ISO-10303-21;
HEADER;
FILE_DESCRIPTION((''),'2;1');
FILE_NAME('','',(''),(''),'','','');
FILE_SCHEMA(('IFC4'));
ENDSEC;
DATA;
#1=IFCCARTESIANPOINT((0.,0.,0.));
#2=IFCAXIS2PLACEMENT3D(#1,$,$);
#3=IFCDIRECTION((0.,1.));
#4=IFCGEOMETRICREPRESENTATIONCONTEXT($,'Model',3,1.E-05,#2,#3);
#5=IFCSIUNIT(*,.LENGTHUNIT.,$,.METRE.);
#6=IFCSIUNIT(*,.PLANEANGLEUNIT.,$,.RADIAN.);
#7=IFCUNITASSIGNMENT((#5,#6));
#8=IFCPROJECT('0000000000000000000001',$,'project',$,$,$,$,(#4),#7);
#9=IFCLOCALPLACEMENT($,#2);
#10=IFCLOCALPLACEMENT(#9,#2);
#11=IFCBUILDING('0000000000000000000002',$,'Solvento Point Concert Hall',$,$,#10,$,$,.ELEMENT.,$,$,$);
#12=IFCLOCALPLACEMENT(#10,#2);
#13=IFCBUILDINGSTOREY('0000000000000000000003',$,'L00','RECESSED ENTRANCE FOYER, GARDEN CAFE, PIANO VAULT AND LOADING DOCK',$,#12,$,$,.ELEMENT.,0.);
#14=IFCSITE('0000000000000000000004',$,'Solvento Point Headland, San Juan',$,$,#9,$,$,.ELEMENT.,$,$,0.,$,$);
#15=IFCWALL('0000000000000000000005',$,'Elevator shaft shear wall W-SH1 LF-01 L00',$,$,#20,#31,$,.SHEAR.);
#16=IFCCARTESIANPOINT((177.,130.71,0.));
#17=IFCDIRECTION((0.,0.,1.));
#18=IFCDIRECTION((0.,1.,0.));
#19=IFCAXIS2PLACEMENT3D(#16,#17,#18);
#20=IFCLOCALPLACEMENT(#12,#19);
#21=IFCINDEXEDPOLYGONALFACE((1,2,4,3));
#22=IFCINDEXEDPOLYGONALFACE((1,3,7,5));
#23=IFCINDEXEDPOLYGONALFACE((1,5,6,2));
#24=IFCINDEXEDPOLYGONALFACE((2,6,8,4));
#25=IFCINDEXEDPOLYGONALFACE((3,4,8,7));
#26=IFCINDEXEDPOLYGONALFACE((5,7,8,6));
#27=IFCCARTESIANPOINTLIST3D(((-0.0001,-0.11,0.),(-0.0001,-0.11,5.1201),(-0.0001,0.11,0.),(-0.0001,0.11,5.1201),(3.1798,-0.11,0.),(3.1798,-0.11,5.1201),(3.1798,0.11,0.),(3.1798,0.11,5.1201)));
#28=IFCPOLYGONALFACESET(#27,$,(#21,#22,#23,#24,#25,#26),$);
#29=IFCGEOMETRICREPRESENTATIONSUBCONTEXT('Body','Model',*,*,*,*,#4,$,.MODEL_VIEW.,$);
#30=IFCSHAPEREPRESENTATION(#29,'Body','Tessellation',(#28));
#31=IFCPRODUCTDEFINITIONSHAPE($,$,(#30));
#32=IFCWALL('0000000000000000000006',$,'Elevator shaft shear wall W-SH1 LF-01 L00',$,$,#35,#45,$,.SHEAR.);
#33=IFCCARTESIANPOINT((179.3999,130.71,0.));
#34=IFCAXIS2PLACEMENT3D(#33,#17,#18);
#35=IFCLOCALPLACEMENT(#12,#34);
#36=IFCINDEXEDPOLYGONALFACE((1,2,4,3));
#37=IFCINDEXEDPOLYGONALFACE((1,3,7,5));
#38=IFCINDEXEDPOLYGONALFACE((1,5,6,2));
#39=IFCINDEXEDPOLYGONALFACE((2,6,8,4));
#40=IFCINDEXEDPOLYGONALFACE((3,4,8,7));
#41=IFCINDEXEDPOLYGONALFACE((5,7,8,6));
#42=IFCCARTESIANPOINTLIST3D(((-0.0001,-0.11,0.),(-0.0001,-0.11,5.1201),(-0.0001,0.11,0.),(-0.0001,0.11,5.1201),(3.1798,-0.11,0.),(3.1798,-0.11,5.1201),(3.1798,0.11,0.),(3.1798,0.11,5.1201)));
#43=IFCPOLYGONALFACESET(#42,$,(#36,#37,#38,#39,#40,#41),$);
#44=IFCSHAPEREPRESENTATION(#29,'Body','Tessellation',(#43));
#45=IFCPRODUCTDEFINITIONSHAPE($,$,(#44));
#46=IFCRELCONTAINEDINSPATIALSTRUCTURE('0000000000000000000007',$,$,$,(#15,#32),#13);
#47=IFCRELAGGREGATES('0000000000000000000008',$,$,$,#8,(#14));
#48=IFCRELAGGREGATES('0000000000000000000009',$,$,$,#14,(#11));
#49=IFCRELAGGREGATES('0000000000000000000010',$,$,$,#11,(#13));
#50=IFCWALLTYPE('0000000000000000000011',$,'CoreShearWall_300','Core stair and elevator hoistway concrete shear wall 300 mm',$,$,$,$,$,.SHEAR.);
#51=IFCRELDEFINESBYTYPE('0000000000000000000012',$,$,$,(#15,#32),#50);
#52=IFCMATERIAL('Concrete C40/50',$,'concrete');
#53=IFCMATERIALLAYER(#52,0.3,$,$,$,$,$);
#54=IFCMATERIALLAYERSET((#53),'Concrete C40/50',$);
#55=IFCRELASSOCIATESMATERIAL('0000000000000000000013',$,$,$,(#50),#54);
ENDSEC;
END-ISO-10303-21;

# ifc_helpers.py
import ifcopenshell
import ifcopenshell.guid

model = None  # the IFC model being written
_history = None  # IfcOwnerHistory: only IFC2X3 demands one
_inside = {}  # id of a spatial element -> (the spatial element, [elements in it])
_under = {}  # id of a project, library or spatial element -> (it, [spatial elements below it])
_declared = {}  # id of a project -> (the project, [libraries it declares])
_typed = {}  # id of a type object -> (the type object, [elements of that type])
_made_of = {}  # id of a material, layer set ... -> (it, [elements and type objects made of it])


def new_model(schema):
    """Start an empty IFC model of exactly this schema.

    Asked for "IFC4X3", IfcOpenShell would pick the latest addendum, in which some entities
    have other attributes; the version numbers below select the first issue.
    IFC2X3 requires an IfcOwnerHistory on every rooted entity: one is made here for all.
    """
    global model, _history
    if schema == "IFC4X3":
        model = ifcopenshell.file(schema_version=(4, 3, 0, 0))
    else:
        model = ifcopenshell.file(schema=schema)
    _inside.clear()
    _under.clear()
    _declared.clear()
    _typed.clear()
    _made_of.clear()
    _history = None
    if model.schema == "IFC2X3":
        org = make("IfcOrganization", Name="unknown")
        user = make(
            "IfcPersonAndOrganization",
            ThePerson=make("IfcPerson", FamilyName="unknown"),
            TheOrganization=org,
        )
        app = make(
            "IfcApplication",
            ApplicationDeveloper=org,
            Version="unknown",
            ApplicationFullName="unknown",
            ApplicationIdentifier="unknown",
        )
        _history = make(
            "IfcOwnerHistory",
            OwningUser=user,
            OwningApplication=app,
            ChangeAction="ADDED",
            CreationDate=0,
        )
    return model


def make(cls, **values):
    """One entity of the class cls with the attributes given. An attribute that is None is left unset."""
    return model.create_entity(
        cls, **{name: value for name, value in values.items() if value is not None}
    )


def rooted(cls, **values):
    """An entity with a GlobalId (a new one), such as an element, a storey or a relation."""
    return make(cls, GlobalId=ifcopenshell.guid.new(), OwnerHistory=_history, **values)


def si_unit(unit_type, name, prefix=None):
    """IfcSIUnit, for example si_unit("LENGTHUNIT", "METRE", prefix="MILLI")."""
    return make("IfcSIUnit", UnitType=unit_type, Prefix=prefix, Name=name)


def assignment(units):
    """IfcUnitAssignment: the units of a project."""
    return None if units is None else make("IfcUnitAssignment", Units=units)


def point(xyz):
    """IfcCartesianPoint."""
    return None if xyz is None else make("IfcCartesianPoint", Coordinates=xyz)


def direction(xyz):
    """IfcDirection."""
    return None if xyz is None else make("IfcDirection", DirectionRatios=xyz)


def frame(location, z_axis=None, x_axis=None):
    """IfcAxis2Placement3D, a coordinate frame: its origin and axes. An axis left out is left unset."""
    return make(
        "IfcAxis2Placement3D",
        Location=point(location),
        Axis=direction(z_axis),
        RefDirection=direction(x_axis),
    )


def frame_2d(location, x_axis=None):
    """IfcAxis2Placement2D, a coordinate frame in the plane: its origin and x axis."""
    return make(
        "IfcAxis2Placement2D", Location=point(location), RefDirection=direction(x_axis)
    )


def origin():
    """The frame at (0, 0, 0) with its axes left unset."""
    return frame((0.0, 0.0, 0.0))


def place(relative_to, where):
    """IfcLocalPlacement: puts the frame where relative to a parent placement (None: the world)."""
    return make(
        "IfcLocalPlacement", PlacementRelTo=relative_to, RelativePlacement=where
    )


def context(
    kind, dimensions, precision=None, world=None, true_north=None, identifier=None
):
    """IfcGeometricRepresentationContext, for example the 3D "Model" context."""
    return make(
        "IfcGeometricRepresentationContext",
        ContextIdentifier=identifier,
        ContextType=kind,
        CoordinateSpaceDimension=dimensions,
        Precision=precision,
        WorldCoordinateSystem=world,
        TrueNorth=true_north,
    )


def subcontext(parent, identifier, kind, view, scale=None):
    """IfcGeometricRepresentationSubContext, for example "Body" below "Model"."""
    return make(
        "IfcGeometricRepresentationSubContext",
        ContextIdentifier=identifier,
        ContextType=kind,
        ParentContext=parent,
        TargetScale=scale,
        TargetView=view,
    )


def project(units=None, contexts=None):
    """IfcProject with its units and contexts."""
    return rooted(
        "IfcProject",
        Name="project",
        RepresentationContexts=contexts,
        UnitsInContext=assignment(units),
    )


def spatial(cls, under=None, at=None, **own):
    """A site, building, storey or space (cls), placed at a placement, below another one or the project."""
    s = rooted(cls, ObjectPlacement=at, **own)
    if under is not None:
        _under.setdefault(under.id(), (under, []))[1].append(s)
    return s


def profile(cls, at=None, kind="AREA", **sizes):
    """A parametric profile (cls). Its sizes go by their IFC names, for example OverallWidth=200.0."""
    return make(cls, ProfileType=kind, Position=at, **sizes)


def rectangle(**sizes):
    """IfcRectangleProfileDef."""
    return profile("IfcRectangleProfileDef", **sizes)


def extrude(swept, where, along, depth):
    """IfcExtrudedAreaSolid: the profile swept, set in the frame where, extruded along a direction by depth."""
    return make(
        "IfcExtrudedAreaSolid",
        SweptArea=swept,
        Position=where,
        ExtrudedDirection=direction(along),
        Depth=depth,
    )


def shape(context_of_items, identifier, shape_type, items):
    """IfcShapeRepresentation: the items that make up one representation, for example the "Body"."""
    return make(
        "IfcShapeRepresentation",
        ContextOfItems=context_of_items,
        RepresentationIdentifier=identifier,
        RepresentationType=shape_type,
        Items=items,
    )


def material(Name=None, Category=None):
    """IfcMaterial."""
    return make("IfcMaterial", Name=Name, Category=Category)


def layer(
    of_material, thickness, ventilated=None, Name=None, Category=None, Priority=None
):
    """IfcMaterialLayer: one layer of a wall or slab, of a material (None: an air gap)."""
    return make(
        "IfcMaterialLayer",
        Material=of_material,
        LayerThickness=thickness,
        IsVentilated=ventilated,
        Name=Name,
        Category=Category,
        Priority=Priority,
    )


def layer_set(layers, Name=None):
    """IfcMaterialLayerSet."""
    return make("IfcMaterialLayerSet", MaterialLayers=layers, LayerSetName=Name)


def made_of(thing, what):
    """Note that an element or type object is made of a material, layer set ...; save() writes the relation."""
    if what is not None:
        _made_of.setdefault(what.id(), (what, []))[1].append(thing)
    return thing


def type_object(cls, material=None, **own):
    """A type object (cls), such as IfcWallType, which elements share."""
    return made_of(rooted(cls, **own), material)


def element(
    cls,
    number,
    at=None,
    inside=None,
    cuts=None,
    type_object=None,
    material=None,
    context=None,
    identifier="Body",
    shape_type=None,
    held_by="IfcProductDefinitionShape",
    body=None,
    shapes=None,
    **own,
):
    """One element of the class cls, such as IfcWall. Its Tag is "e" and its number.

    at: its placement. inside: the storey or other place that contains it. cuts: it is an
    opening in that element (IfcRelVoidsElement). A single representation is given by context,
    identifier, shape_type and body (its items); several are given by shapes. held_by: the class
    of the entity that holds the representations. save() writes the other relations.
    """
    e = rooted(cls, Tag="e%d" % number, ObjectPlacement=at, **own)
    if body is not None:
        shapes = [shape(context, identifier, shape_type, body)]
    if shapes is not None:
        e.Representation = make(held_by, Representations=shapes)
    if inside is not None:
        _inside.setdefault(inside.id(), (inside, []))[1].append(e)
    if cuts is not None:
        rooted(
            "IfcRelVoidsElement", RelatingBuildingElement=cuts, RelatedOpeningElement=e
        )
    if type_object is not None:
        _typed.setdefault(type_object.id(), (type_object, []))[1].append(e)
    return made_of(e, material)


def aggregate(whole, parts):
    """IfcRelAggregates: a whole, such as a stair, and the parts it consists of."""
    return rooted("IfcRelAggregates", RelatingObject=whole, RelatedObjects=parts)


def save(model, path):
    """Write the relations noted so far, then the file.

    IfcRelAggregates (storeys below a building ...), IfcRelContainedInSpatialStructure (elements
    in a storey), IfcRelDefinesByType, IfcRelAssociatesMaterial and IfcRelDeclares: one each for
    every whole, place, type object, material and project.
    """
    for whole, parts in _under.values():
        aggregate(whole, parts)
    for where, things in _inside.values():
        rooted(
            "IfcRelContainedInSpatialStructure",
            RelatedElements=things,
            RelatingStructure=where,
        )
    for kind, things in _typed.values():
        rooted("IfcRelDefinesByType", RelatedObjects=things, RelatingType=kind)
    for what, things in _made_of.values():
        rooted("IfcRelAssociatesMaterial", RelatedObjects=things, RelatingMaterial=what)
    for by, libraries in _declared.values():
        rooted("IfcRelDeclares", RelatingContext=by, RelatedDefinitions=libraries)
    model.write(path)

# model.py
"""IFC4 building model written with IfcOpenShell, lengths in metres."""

from ifc_helpers import new_model, si_unit, direction, frame, frame_2d, origin, place, context, subcontext, project, spatial, rectangle, extrude, material, layer, layer_set, type_object, element, save


model = new_model("IFC4")

# Units and contexts
model_context = context("Model", 3, precision=1e-05, world=origin(), true_north=direction((0.0, 1.0)))
body_context = subcontext(model_context, "Body", "Model", "MODEL_VIEW")
ifc_project = project(units=[si_unit("LENGTHUNIT", "METRE"), si_unit("PLANEANGLEUNIT", "RADIAN")], contexts=[model_context])

# Site, building, storey
site_placement = place(None, origin())
site = spatial("IfcSite", under=ifc_project, at=site_placement, Name="Solvento Point Headland, San Juan", CompositionType="ELEMENT", RefElevation=0.0)
building_placement = place(site_placement, origin())
building = spatial("IfcBuilding", under=site, at=building_placement, Name="Solvento Point Concert Hall", CompositionType="ELEMENT")
storey_placement = place(building_placement, origin())
storey = spatial("IfcBuildingStorey", under=building, at=storey_placement, Name="L00", Description="RECESSED ENTRANCE FOYER, GARDEN CAFE, PIANO VAULT AND LOADING DOCK", CompositionType="ELEMENT", Elevation=0.0)

# Shared definitions
ifc_material_1 = material(Name="Concrete C40/50", Category="concrete")
ifc_layer_1 = layer(ifc_material_1, 0.3)
ifc_layer_set_1 = layer_set([ifc_layer_1], Name="Concrete C40/50")
wall_type_1 = type_object("IfcWallType", Name="CoreShearWall_300", Description="Core stair and elevator hoistway concrete shear wall 300 mm", PredefinedType="SHEAR", material=ifc_layer_set_1)

# Walls
for number, where, z_axis, x_axis, name in (
    (1, (177.0, 130.71, 0.0), (0.0, 0.0, 1.0), (0.0, 1.0, 0.0), "Elevator shaft shear wall W-SH1 LF-01 L00"),
    (2, (179.3999, 130.71, 0.0), (0.0, 0.0, 1.0), (0.0, 1.0, 0.0), "Elevator shaft shear wall W-SH1 LF-01 L00"),
):
    element("IfcWall", number, at=place(storey_placement, frame(where, z_axis=z_axis, x_axis=x_axis)), inside=storey, type_object=wall_type_1, Name=name, PredefinedType="SHEAR", context=body_context, shape_type="SweptSolid", body=[
        extrude(rectangle(XDim=3.1799, YDim=0.22, at=frame_2d((1.5898, 0.0))), origin(), (0.0, 0.0, 1.0), 5.1201),
    ])

save(model, "model.ifc")
